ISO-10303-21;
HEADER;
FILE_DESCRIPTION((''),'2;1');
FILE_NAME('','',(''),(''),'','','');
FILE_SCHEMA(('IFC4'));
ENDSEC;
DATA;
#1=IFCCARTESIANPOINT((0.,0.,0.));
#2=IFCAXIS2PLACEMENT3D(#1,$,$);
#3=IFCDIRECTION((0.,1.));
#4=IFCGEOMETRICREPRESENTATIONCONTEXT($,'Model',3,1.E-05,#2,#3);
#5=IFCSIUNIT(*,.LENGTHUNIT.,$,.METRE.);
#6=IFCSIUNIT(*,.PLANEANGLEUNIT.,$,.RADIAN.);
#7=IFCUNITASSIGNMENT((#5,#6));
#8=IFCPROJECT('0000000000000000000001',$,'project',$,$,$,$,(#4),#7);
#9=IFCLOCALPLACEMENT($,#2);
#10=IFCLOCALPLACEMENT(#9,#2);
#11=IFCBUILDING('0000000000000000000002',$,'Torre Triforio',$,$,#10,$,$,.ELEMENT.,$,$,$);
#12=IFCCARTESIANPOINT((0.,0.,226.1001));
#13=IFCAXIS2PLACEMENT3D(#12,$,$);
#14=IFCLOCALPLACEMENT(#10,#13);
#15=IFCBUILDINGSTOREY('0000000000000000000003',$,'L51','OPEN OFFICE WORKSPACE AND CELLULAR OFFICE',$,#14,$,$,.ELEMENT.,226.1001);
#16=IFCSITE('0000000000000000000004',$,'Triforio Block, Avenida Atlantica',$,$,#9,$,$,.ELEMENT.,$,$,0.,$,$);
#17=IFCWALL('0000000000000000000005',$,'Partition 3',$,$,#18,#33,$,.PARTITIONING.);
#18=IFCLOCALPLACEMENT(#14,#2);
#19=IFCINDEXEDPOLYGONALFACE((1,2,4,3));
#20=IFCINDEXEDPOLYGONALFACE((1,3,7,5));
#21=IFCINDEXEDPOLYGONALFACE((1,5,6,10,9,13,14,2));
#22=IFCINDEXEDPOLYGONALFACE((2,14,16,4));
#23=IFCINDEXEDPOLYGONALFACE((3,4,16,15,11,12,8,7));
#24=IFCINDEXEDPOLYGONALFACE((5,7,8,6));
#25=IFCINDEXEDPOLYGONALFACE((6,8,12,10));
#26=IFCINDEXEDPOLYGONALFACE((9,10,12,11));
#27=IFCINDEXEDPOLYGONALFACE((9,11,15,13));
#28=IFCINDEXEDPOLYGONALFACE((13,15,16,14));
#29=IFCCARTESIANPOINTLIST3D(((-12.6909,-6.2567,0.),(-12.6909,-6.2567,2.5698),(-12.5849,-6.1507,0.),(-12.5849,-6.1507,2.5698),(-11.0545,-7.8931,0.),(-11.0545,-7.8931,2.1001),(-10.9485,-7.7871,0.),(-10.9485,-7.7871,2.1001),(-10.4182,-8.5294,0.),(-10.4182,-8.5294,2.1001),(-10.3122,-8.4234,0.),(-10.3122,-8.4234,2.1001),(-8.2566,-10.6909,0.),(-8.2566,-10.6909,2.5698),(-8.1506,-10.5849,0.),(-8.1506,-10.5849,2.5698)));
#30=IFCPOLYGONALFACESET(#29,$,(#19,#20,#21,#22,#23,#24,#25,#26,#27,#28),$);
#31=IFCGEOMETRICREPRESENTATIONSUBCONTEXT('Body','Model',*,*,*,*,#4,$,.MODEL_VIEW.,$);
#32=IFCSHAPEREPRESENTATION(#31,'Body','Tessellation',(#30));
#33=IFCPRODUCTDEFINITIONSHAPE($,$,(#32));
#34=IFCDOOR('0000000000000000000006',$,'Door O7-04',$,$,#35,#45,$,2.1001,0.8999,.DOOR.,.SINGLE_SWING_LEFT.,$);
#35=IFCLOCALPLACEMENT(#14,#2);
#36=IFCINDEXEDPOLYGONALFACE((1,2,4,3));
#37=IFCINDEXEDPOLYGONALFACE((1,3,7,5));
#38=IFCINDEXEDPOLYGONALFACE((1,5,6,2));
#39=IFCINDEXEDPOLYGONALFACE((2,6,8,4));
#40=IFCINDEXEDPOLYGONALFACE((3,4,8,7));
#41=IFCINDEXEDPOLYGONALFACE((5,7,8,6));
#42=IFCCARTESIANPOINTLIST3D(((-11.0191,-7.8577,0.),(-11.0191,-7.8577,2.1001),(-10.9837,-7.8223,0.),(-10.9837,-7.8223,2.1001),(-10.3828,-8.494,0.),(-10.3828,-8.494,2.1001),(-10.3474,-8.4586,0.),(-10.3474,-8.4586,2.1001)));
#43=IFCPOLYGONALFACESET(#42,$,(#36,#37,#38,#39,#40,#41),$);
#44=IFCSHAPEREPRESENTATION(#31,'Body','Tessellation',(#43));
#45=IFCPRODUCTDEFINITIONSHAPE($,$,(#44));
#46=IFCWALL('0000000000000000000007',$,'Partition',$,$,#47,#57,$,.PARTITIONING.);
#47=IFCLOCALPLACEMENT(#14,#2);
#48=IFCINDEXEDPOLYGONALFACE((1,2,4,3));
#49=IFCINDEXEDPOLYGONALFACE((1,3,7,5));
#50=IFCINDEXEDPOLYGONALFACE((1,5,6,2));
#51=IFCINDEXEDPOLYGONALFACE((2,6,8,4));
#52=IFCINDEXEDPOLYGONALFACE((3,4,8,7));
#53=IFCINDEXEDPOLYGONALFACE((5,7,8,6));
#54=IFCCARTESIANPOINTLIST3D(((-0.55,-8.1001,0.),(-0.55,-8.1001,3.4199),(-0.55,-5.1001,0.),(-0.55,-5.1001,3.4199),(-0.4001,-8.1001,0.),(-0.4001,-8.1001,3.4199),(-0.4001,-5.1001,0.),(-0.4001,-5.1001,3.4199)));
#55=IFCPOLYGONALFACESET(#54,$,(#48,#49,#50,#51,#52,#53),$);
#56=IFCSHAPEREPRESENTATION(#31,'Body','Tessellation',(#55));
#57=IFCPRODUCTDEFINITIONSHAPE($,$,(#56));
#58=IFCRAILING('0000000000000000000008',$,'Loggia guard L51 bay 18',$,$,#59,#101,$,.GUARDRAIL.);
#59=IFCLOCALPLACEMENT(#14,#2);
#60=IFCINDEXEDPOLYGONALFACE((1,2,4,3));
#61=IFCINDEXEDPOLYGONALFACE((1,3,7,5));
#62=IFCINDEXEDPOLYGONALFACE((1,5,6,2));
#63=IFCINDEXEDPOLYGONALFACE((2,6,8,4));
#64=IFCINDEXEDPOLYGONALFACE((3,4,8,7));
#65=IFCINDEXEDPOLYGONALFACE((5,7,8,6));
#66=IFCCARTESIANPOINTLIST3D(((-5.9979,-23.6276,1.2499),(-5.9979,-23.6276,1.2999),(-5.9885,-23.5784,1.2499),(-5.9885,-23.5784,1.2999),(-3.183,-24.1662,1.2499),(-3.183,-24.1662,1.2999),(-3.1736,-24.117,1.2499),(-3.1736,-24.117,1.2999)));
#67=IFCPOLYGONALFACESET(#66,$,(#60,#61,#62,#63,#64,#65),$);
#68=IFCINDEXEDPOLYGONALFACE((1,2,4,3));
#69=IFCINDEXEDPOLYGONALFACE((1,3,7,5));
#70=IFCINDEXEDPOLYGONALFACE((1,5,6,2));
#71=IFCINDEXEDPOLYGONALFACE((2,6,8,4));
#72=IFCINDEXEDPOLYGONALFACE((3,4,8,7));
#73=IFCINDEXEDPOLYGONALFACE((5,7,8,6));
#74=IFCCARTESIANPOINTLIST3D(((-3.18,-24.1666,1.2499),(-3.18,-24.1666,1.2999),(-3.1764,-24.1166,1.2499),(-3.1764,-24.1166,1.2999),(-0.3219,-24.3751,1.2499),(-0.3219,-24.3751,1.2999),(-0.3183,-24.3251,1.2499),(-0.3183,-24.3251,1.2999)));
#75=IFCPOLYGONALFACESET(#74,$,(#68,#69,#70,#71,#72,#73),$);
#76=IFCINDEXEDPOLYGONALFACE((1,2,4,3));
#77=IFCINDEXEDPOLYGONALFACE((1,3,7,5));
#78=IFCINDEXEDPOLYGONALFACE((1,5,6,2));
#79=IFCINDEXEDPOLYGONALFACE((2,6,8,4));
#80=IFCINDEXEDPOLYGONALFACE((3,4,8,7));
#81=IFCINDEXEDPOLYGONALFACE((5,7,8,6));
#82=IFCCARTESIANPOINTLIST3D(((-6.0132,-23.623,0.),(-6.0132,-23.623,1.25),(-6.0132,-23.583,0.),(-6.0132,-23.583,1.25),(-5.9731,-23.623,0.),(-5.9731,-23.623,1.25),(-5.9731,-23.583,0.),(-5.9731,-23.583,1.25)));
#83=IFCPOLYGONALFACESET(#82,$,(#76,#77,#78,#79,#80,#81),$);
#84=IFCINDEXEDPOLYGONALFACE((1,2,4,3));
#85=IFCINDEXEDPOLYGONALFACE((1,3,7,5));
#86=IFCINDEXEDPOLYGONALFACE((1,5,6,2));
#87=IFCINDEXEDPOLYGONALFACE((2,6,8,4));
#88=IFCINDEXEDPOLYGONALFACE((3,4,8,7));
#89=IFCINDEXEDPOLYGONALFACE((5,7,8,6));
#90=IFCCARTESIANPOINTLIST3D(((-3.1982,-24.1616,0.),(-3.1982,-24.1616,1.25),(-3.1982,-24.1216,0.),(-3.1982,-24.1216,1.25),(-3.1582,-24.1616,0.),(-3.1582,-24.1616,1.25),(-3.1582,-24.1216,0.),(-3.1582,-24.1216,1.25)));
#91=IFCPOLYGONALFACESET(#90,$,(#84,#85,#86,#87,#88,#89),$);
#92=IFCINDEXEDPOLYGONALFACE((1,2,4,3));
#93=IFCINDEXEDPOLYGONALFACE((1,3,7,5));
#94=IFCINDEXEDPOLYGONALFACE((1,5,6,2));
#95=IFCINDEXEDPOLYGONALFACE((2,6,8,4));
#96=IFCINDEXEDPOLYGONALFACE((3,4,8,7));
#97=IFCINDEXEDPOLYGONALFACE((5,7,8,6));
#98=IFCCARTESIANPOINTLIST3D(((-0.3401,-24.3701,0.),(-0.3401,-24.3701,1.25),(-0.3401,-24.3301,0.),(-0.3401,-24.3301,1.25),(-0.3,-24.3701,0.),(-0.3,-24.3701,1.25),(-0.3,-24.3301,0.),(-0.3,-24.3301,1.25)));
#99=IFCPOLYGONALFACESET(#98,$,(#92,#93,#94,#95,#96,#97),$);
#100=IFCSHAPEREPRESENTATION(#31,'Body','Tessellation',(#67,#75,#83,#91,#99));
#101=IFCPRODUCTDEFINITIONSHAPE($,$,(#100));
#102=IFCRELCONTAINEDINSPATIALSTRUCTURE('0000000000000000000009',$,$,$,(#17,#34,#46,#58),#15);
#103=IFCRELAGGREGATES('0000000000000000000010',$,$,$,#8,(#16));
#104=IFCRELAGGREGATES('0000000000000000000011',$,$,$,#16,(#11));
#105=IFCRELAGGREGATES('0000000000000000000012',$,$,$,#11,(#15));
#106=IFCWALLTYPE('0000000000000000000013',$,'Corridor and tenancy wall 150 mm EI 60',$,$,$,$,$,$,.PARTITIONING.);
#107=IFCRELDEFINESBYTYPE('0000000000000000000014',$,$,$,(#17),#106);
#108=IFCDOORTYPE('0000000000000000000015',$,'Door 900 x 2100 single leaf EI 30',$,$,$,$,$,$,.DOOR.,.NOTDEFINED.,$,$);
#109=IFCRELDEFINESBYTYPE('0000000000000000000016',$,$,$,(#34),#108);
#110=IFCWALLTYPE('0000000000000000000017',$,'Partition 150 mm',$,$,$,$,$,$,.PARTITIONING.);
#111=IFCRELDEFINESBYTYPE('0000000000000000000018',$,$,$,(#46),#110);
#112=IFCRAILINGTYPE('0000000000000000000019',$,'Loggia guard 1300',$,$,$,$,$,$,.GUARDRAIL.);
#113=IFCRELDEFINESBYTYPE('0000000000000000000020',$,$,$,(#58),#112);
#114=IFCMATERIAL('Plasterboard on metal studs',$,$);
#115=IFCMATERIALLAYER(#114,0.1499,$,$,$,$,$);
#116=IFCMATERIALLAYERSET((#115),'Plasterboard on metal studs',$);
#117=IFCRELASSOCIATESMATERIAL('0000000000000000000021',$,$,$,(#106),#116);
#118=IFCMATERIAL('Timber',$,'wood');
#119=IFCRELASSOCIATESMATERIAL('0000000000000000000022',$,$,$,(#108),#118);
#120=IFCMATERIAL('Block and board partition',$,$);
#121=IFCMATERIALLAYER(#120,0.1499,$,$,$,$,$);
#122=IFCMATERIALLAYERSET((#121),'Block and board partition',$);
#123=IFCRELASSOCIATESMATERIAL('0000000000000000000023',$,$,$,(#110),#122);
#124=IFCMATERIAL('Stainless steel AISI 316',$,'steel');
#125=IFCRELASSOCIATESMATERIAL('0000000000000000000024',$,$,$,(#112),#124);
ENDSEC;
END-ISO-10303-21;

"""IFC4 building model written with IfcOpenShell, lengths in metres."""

from ifc_helpers import new_model, si_unit, direction, frame, frame_2d, origin, origin_2d, place, context, subcontext, project, spatial, rectangle, extrude, material, layer, layer_set, type_object, element, fill, save


model = new_model("IFC4")

# Units and contexts
model_context = context("Model", 3, precision=1e-05, world=origin(), true_north=direction((0.0, 1.0)))
body_context = subcontext(model_context, "Body", "Model", "MODEL_VIEW")
ifc_project = project(units=[si_unit("LENGTHUNIT", "METRE"), si_unit("PLANEANGLEUNIT", "RADIAN")], contexts=[model_context])

# Site, building, storey
site_placement = place(None, origin())
site = spatial("IfcSite", under=ifc_project, at=site_placement, Name="Triforio Block, Avenida Atlantica", CompositionType="ELEMENT", RefElevation=0.0)
building_placement = place(site_placement, origin())
building = spatial("IfcBuilding", under=site, at=building_placement, Name="Torre Triforio", CompositionType="ELEMENT")
storey_placement = place(building_placement, frame((0.0, 0.0, 226.1001)))
storey = spatial("IfcBuildingStorey", under=building, at=storey_placement, Name="L51", Description="OPEN OFFICE WORKSPACE AND CELLULAR OFFICE", CompositionType="ELEMENT", Elevation=226.1001)

# Wall, opening, door
ifc_material_1 = material(Name="Plasterboard on metal studs")
ifc_layer_1 = layer(ifc_material_1, 0.1499)
ifc_layer_set_1 = layer_set([ifc_layer_1], Name="Plasterboard on metal studs")
wall_type_1 = type_object("IfcWallType", Name="Corridor and tenancy wall 150 mm EI 60", PredefinedType="PARTITIONING", material=ifc_layer_set_1)
wall_1_placement = place(storey_placement, frame((-8.2036, -10.6379, 0.0), z_axis=(0.0, 0.0, 1.0), x_axis=(-0.707107, 0.707107, 0.0)))
wall_1 = element("IfcWall", 1, at=wall_1_placement, inside=storey, type_object=wall_type_1, Name="Partition 3", PredefinedType="PARTITIONING", context=body_context, shape_type="SweptSolid", body=[
    extrude(rectangle(XDim=6.271, YDim=0.1499, at=frame_2d((3.1355, 0.0))), origin(), (0.0, 0.0, 1.0), 2.5698),
])
opening_1_placement = place(wall_1_placement, frame((3.0569, 0.0, 0.0)))
opening_1 = element("IfcOpeningElement", 2, at=opening_1_placement, cuts=wall_1, PredefinedType="OPENING", context=body_context, shape_type="SweptSolid", body=[
    extrude(rectangle(XDim=0.8999, YDim=2.1001, at=frame_2d((0.45, 1.05))), frame((0.0, 0.085, 0.0), z_axis=(0.0, -1.0, 0.0), x_axis=(1.0, 0.0, 0.0)), (0.0, 0.0, 1.0), 0.1699),
])
ifc_material_2 = material(Name="Timber", Category="wood")
door_type_1 = type_object("IfcDoorType", Name="Door 900 x 2100 single leaf EI 30", OperationType="NOTDEFINED", PredefinedType="DOOR", material=ifc_material_2)
door_1_placement = place(opening_1_placement, origin())
door_1 = element("IfcDoor", 3, at=door_1_placement, inside=storey, type_object=door_type_1, Name="Door O7-04", OperationType="SINGLE_SWING_LEFT", OverallHeight=2.1001, OverallWidth=0.8999, PredefinedType="DOOR", context=body_context, shape_type="SweptSolid", body=[
    extrude(rectangle(XDim=0.8999, YDim=2.1001, at=frame_2d((0.45, 1.05))), frame((0.0, 0.0249, 0.0), z_axis=(0.0, -1.0, 0.0), x_axis=(1.0, 0.0, 0.0)), (0.0, 0.0, 1.0), 0.05),
])
fill(opening_1, door_1)

# Wall
ifc_material_3 = material(Name="Block and board partition")
ifc_layer_2 = layer(ifc_material_3, 0.1499)
ifc_layer_set_2 = layer_set([ifc_layer_2], Name="Block and board partition")
wall_type_2 = type_object("IfcWallType", Name="Partition 150 mm", PredefinedType="PARTITIONING", material=ifc_layer_set_2)
wall_2_placement = place(storey_placement, frame((-0.4751, -8.1001, 0.0), z_axis=(0.0, 0.0, 1.0), x_axis=(0.0, 1.0, 0.0)))
element("IfcWall", 4, at=wall_2_placement, inside=storey, type_object=wall_type_2, Name="Partition", PredefinedType="PARTITIONING", context=body_context, shape_type="SweptSolid", body=[
    extrude(rectangle(XDim=3.0, YDim=0.1499, at=frame_2d((1.5, 0.0))), origin(), (0.0, 0.0, 1.0), 3.4199),
])

# Railing
ifc_material_4 = material(Name="Stainless steel AISI 316", Category="steel")
railing_type = type_object("IfcRailingType", Name="Loggia guard 1300", PredefinedType="GUARDRAIL", material=ifc_material_4)
railing_placement = place(storey_placement, frame((-5.9932, -23.603, 0.0)))
element("IfcRailing", 5, at=railing_placement, inside=storey, type_object=railing_type, Name="Loggia guard L51 bay 18", PredefinedType="GUARDRAIL", context=body_context, shape_type="SweptSolid", body=[
    extrude(rectangle(XDim=0.05, YDim=0.05, at=origin_2d()), frame((0.0, 0.0, 1.2749), z_axis=(0.982185, -0.187918, 0.0), x_axis=(0.187918, 0.982185, 0.0)), (0.0, 0.0, 1.0), 2.866),
    extrude(rectangle(XDim=0.05, YDim=0.05, at=origin_2d()), frame((2.8149, -0.5386, 1.2749), z_axis=(0.99735, -0.072754, 0.0), x_axis=(0.072754, 0.99735, 0.0)), (0.0, 0.0, 1.0), 2.8657),
    extrude(rectangle(XDim=0.04, YDim=0.04, at=origin_2d()), origin(), (0.0, 0.0, 1.0), 1.25),
    extrude(rectangle(XDim=0.04, YDim=0.04, at=origin_2d()), frame((2.8149, -0.5386, 0.0)), (0.0, 0.0, 1.0), 1.25),
    extrude(rectangle(XDim=0.04, YDim=0.04, at=origin_2d()), frame((5.6731, -0.7471, 0.0)), (0.0, 0.0, 1.0), 1.25),
])

save(model, "model.ifc")
